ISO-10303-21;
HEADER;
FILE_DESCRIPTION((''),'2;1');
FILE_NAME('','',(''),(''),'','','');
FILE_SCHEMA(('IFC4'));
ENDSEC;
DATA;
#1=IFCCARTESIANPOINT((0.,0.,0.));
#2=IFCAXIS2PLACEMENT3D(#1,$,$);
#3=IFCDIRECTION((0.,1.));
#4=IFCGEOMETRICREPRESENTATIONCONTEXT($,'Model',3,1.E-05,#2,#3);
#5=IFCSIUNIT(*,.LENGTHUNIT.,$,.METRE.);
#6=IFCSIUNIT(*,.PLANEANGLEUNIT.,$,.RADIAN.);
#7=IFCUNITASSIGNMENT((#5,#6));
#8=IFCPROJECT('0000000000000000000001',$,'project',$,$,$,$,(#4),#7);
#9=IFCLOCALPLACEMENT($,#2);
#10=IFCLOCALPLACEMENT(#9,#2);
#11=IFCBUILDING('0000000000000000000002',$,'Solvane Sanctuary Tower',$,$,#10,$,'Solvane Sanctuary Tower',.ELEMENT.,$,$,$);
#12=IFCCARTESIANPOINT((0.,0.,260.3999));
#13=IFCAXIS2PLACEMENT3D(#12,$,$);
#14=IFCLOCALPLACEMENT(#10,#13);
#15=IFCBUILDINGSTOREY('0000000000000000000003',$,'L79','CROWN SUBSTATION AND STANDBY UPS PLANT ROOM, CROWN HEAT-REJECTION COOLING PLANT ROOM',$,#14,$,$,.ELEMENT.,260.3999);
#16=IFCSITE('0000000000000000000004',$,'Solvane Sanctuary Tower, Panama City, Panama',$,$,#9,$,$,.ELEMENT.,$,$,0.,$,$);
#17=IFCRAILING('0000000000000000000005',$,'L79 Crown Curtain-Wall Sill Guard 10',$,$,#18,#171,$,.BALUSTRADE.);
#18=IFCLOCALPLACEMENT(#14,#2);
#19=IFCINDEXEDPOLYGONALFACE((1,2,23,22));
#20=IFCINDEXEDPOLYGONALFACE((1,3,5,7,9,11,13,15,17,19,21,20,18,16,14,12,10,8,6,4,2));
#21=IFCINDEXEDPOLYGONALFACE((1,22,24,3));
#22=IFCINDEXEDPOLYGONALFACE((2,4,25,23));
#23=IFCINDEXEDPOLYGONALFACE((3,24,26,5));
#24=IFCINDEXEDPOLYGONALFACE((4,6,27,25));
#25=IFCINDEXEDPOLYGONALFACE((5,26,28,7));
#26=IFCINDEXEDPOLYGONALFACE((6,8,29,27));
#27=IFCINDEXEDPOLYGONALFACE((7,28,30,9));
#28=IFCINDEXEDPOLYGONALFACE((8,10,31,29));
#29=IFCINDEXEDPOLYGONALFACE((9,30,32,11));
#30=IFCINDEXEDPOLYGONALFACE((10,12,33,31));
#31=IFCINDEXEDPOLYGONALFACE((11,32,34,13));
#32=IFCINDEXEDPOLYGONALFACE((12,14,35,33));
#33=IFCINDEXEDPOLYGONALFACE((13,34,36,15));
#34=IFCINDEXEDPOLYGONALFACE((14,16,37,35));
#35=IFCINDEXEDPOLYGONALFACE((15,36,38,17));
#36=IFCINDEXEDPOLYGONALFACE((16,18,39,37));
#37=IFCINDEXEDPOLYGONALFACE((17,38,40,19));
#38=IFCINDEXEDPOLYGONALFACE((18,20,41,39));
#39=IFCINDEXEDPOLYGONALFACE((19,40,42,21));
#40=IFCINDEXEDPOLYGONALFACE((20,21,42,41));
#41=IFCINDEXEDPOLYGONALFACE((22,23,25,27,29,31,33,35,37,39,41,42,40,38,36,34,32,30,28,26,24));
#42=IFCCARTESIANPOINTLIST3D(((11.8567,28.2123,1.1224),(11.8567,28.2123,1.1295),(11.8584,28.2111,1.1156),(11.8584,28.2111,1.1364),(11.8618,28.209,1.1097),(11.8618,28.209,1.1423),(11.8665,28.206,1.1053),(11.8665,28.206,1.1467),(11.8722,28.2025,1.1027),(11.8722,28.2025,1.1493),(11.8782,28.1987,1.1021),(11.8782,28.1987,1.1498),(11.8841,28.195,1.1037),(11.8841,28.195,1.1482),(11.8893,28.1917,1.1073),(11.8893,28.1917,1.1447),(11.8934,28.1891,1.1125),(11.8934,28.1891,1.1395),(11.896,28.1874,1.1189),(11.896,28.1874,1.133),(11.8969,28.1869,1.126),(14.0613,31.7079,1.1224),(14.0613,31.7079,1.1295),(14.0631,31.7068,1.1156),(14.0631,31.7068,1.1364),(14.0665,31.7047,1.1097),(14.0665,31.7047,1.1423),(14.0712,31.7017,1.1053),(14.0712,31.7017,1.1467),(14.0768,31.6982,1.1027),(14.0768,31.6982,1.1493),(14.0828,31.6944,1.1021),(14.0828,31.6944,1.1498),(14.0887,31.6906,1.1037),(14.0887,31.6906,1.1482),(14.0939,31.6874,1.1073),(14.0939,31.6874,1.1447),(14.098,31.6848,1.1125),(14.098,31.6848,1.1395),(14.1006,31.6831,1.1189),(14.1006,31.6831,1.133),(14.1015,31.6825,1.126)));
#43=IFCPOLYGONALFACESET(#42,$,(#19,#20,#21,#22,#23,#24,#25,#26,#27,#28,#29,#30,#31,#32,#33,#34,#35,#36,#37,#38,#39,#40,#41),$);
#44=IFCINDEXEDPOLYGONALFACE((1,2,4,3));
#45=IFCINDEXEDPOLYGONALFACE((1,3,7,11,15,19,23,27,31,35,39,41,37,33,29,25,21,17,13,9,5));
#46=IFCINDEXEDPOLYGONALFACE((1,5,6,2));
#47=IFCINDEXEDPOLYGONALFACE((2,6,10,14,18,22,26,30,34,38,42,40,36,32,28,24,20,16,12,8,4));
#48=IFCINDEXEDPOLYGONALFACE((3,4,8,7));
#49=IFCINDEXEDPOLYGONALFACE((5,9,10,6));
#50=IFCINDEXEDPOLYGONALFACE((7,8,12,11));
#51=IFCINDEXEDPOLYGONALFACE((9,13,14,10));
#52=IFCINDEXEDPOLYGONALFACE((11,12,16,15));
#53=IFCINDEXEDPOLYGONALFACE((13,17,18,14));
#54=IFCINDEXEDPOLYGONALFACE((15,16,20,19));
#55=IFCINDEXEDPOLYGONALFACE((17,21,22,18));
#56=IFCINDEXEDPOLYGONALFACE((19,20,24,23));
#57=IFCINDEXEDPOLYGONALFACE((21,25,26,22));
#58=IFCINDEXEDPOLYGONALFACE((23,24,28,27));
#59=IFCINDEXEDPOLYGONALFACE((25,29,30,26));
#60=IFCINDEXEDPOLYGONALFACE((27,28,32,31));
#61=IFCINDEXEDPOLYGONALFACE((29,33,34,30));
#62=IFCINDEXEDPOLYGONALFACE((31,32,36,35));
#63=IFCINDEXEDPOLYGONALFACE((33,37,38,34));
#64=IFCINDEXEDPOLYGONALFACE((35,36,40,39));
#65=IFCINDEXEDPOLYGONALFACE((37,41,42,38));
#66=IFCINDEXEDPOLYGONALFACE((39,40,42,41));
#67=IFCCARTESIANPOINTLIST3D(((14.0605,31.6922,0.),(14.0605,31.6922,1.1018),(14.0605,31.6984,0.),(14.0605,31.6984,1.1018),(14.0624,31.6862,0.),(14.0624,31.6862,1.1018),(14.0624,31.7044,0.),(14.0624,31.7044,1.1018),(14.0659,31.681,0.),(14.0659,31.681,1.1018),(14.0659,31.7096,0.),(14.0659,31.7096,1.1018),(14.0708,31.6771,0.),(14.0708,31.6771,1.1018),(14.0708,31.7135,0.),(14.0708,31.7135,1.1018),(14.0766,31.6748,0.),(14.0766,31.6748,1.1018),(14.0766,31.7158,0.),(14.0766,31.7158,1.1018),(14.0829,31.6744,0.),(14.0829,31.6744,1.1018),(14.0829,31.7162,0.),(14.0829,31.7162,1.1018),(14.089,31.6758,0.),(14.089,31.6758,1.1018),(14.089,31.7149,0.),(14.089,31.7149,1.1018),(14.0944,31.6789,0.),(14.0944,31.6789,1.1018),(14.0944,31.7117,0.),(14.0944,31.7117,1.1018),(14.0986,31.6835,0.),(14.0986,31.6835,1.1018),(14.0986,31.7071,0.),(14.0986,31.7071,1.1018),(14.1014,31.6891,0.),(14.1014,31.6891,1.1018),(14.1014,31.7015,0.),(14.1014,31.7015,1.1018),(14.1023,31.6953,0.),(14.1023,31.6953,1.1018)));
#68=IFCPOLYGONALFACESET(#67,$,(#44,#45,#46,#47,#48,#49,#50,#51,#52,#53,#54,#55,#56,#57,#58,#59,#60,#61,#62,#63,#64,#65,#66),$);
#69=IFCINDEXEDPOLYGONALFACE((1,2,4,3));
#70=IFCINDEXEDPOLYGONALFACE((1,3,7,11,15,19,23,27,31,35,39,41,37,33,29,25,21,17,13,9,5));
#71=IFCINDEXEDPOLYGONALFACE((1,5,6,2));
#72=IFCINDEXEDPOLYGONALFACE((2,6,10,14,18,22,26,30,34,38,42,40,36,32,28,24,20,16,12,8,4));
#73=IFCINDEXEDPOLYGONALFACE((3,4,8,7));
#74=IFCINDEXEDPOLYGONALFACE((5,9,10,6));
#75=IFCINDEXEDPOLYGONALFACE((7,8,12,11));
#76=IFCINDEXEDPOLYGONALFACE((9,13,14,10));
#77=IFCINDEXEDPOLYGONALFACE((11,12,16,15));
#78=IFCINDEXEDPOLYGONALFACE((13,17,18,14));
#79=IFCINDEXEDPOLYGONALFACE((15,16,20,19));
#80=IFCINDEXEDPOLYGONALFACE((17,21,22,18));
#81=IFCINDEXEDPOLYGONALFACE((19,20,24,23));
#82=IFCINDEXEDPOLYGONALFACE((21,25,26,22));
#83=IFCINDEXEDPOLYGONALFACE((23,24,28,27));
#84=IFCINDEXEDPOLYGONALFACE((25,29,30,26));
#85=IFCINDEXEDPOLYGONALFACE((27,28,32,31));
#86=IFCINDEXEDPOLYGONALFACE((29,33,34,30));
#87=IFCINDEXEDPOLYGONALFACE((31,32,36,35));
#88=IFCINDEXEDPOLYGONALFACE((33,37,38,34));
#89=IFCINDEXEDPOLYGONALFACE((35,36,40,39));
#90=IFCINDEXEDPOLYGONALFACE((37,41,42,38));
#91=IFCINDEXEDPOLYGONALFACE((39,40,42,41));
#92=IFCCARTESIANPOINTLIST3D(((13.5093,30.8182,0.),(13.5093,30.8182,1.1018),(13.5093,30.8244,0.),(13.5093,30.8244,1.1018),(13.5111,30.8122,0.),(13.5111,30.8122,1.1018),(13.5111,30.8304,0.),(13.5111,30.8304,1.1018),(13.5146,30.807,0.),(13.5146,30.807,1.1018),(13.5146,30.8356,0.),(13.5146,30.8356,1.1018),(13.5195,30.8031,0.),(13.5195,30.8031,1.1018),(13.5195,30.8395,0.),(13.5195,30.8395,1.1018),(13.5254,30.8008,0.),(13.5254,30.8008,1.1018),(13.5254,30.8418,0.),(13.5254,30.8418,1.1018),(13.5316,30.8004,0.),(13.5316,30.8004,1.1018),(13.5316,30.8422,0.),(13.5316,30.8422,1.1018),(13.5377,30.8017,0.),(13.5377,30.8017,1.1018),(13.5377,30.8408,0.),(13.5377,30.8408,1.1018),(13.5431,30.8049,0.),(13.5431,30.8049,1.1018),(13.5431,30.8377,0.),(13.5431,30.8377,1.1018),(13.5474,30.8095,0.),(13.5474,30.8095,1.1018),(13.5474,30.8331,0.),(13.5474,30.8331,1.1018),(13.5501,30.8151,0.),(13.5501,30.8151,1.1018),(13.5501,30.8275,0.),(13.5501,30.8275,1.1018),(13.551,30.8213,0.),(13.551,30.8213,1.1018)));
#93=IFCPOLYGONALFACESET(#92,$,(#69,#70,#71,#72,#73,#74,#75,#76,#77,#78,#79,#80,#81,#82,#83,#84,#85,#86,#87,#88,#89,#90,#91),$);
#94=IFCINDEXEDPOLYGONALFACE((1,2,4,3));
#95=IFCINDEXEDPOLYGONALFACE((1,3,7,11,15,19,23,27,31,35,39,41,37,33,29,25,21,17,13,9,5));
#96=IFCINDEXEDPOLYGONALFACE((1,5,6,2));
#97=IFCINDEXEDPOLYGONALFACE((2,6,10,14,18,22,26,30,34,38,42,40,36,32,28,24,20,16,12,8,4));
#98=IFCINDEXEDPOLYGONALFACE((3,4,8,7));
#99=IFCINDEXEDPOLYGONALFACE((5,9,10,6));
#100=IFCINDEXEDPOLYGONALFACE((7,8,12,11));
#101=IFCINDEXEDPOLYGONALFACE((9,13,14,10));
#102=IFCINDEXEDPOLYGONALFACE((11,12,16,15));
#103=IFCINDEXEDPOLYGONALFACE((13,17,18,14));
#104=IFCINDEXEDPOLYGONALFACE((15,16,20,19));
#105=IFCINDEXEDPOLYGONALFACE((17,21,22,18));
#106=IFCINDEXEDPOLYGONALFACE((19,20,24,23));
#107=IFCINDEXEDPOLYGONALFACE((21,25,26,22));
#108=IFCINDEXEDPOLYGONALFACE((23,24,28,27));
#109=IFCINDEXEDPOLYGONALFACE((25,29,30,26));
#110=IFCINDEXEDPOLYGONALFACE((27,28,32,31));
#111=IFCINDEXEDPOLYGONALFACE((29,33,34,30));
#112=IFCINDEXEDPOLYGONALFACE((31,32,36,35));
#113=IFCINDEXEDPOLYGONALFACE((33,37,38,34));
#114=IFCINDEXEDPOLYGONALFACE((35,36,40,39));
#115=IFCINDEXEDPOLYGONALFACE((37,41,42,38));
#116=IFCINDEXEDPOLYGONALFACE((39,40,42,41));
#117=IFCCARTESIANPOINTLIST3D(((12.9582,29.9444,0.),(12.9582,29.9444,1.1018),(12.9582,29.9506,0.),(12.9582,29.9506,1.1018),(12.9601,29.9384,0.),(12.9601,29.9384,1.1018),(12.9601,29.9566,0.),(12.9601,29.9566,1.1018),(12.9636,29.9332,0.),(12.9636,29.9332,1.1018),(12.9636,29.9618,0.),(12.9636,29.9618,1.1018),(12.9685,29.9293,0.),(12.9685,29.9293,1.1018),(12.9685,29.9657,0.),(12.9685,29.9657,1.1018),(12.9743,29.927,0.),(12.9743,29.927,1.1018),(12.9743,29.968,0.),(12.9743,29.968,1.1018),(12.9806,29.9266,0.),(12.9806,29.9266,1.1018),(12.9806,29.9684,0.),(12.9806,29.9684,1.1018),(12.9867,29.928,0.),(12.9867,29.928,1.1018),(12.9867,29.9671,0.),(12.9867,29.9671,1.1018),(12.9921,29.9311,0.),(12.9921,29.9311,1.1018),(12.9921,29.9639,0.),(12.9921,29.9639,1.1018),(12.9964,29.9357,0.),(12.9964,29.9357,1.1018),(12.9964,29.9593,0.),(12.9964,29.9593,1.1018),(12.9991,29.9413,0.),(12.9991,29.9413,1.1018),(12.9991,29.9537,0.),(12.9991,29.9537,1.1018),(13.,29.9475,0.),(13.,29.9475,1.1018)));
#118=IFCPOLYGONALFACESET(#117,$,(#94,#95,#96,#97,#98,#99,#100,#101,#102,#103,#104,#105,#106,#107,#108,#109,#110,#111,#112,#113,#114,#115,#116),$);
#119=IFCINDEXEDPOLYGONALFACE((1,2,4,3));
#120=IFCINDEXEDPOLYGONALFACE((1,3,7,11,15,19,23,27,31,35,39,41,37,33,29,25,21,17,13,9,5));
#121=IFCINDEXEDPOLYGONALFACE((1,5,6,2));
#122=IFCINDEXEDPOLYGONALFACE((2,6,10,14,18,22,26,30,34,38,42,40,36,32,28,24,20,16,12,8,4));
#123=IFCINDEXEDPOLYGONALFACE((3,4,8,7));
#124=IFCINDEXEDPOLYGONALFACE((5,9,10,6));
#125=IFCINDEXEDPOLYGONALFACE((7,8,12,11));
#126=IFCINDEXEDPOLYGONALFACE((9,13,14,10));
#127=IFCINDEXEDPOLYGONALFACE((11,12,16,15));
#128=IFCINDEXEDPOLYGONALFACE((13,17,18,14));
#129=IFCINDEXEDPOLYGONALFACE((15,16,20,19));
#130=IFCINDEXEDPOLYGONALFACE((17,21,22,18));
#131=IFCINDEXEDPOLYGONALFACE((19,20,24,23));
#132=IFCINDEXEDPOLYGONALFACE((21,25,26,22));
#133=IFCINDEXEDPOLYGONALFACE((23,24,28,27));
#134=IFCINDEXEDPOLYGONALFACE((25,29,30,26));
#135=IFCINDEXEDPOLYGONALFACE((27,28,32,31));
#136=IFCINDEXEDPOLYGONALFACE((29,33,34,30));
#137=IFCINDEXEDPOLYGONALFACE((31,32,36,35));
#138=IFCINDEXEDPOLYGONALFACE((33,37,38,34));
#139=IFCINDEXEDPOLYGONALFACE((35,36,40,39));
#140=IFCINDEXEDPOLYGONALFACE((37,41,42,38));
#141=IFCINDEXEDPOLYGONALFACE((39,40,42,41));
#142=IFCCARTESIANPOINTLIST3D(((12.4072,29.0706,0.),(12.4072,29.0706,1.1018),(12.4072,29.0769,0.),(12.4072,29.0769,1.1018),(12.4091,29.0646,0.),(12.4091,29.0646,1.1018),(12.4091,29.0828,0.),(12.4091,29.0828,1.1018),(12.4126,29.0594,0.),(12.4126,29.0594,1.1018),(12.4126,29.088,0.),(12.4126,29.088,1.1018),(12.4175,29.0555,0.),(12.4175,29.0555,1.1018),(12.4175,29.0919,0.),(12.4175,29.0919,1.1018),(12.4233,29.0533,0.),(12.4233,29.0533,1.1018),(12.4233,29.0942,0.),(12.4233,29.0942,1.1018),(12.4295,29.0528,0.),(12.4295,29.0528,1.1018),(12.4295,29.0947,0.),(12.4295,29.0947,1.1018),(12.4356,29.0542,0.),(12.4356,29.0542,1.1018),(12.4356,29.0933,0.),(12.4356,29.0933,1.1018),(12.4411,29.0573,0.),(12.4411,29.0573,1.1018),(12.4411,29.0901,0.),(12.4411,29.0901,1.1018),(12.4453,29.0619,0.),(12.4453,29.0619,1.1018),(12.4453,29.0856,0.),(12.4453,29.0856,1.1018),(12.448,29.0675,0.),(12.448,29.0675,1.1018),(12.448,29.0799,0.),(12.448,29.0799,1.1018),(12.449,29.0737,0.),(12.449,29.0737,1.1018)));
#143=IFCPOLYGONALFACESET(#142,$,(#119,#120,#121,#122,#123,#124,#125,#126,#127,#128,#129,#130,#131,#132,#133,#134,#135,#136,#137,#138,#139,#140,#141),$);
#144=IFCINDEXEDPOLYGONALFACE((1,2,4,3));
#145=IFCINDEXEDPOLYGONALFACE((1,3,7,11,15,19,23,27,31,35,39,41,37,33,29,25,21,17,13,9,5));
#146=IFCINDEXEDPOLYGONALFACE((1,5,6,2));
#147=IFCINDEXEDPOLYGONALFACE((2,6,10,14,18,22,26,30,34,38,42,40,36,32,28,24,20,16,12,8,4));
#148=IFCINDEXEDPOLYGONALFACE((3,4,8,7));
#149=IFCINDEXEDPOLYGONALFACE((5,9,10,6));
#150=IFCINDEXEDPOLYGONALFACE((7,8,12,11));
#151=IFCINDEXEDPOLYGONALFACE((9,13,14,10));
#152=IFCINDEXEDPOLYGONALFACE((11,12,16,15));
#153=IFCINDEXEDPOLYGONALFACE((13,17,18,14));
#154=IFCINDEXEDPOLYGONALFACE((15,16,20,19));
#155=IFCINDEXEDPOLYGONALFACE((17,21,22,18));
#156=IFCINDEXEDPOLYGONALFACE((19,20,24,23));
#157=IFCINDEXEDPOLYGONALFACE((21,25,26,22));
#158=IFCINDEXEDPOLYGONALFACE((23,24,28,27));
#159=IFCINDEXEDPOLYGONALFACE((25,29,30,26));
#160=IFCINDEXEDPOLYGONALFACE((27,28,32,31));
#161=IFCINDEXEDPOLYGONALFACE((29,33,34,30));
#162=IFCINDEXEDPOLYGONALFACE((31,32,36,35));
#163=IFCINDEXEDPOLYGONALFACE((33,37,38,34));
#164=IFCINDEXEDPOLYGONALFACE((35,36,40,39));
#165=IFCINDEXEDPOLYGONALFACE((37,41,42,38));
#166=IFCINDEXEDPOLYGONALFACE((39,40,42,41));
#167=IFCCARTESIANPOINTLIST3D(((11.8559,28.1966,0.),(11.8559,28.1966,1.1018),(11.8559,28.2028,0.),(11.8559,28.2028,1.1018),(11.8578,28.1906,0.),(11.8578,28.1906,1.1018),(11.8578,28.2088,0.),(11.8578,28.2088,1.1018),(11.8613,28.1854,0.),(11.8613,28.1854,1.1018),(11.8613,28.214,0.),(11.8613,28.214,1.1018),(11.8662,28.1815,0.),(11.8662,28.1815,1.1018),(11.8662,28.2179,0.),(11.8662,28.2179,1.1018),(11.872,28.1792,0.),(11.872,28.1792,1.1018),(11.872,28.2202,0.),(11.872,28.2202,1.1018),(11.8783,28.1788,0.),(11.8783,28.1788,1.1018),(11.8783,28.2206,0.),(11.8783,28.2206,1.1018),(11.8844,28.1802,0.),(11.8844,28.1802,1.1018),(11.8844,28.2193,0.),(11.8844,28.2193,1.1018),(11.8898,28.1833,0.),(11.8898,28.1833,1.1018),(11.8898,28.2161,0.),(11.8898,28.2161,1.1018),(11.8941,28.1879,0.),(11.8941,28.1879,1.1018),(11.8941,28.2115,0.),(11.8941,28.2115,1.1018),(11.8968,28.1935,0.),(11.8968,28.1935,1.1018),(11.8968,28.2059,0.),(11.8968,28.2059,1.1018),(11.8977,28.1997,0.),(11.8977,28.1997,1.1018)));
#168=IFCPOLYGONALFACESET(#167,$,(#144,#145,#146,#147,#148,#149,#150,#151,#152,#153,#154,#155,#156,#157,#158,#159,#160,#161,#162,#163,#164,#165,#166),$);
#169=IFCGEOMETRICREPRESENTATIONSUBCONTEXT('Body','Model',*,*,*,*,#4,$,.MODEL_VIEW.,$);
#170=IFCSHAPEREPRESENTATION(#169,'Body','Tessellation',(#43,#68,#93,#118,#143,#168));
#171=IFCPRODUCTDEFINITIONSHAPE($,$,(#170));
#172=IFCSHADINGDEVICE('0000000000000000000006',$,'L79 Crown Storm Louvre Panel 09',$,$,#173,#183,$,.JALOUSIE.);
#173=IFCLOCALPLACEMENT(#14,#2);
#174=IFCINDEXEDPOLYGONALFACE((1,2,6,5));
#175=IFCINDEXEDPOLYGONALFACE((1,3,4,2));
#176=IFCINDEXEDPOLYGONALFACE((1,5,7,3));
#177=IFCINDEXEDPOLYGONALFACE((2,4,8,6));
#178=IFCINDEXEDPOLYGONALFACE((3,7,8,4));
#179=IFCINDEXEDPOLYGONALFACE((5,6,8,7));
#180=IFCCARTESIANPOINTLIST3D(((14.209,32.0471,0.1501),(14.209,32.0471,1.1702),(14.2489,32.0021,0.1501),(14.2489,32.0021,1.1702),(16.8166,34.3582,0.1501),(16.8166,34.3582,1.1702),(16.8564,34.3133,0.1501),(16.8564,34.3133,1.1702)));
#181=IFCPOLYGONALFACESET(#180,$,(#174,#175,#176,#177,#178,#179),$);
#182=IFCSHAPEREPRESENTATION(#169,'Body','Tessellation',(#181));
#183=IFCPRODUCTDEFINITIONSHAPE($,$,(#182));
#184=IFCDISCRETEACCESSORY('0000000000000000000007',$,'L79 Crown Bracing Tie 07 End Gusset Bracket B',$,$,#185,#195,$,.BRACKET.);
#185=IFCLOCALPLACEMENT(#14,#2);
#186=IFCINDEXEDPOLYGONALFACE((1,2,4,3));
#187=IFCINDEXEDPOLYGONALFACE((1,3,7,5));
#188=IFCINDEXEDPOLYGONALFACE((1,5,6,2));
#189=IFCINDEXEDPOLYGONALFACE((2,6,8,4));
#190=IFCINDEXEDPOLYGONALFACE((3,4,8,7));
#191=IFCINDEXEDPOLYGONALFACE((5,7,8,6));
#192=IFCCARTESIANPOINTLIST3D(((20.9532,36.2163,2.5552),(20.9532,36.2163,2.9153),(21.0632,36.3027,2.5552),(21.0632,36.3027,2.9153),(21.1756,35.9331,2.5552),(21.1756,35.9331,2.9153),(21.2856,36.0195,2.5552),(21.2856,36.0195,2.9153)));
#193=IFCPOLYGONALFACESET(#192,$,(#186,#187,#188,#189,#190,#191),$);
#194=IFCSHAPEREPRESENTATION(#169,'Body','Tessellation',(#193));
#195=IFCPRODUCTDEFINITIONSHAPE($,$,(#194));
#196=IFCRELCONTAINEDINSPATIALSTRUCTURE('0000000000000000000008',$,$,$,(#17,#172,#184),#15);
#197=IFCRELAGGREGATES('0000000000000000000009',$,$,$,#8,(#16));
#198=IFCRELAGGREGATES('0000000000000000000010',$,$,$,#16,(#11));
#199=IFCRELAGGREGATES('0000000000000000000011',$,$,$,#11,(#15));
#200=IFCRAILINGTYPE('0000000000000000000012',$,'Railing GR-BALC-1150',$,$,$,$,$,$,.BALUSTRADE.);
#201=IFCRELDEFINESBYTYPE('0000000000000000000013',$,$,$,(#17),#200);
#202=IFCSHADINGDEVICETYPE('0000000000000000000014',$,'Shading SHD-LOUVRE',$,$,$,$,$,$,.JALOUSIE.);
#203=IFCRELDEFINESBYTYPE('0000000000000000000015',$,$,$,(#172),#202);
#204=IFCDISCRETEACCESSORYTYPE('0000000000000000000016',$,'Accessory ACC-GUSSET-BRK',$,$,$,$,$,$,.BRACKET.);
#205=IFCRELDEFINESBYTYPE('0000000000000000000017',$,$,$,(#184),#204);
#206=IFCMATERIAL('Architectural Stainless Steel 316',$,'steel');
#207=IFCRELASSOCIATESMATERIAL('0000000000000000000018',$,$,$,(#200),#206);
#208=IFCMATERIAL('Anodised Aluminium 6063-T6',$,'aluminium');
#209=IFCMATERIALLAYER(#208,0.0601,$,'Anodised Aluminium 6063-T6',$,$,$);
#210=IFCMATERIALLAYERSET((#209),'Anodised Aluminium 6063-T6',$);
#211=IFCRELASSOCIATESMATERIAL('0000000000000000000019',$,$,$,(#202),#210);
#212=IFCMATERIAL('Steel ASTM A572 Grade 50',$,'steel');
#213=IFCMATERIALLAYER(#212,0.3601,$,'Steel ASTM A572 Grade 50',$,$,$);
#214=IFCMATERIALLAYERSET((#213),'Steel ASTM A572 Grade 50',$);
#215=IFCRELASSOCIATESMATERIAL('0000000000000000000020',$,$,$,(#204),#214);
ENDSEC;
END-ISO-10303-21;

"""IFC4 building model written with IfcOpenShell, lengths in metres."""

from ifc_helpers import new_model, si_unit, direction, frame, origin, origin_2d, place, context, subcontext, project, spatial, rectangle, circle, extrude, material, layer, layer_set, type_object, element, save


model = new_model("IFC4")

# Units and contexts
model_context = context("Model", 3, precision=1e-05, world=origin(), true_north=direction((0.0, 1.0)))
body_context = subcontext(model_context, "Body", "Model", "MODEL_VIEW")
ifc_project = project(units=[si_unit("LENGTHUNIT", "METRE"), si_unit("PLANEANGLEUNIT", "RADIAN")], contexts=[model_context])

# Site, building, storey
site_placement = place(None, origin())
site = spatial("IfcSite", under=ifc_project, at=site_placement, Name="Solvane Sanctuary Tower, Panama City, Panama", CompositionType="ELEMENT", RefElevation=0.0)
building_placement = place(site_placement, origin())
building = spatial("IfcBuilding", under=site, at=building_placement, Name="Solvane Sanctuary Tower", LongName="Solvane Sanctuary Tower", CompositionType="ELEMENT")
storey_placement = place(building_placement, frame((0.0, 0.0, 260.3999)))
storey = spatial("IfcBuildingStorey", under=building, at=storey_placement, Name="L79", Description="CROWN SUBSTATION AND STANDBY UPS PLANT ROOM, CROWN HEAT-REJECTION COOLING PLANT ROOM", CompositionType="ELEMENT", Elevation=260.3999)

# Shared definitions
ifc_material_1 = material(Name="Anodised Aluminium 6063-T6", Category="aluminium")

# Shared definitions
ifc_material_2 = material(Name="Steel ASTM A572 Grade 50", Category="steel")

# Railing
ifc_material_3 = material(Name="Architectural Stainless Steel 316", Category="steel")
railing_type = type_object("IfcRailingType", Name="Railing GR-BALC-1150", PredefinedType="BALUSTRADE", material=ifc_material_3)
railing_1_placement = place(storey_placement, frame((14.0813, 31.6953, 0.0)))
element("IfcRailing", 1, at=railing_1_placement, inside=storey, type_object=railing_type, Name="L79 Crown Curtain-Wall Sill Guard 10", PredefinedType="BALUSTRADE", context=body_context, shape_type="SweptSolid", body=[
    extrude(circle(Radius=0.0239, at=origin_2d()), frame((0.0, 0.0, 1.126), z_axis=(-0.533446, -0.845834, 0.0), x_axis=(0.845834, -0.533446, 0.0)), (0.0, 0.0, 1.0), 4.1328),
    extrude(circle(Radius=0.021, at=origin_2d()), origin(), (0.0, 0.0, 1.0), 1.1018),
    extrude(circle(Radius=0.021, at=origin_2d()), frame((-0.5513, -0.874, 0.0)), (0.0, 0.0, 1.0), 1.1018),
    extrude(circle(Radius=0.021, at=origin_2d()), frame((-1.1023, -1.7478, 0.0)), (0.0, 0.0, 1.0), 1.1018),
    extrude(circle(Radius=0.021, at=origin_2d()), frame((-1.6533, -2.6216, 0.0)), (0.0, 0.0, 1.0), 1.1018),
    extrude(circle(Radius=0.021, at=origin_2d()), frame((-2.2046, -3.4956, 0.0)), (0.0, 0.0, 1.0), 1.1018),
])

# Shading device
ifc_layer_1 = layer(ifc_material_1, 0.0601, Name="Anodised Aluminium 6063-T6")
ifc_layer_set_1 = layer_set([ifc_layer_1], Name="Anodised Aluminium 6063-T6")
shading_device_type = type_object("IfcShadingDeviceType", Name="Shading SHD-LOUVRE", PredefinedType="JALOUSIE", material=ifc_layer_set_1)
shading_device_placement = place(storey_placement, frame((15.5327, 33.1802, 0.1501), z_axis=(0.0, 0.0, 1.0), x_axis=(-0.748354, -0.6633, 0.0)))
element("IfcShadingDevice", 2, at=shading_device_placement, inside=storey, type_object=shading_device_type, Name="L79 Crown Storm Louvre Panel 09", PredefinedType="JALOUSIE", context=body_context, shape_type="SweptSolid", body=[
    extrude(rectangle(XDim=3.4844, YDim=0.0601, at=origin_2d()), origin(), (0.0, 0.0, 1.0), 1.02),
])

# Discrete accessory
ifc_layer_2 = layer(ifc_material_2, 0.3601, Name="Steel ASTM A572 Grade 50")
ifc_layer_set_2 = layer_set([ifc_layer_2], Name="Steel ASTM A572 Grade 50")
discrete_accessory_type = type_object("IfcDiscreteAccessoryType", Name="Accessory ACC-GUSSET-BRK", PredefinedType="BRACKET", material=ifc_layer_set_2)
discrete_accessory_placement = place(storey_placement, frame((21.1194, 36.1179, 2.5552), z_axis=(0.0, 0.0, 1.0), x_axis=(-0.617722, 0.786396, 0.0)))
element("IfcDiscreteAccessory", 3, at=discrete_accessory_placement, inside=storey, type_object=discrete_accessory_type, Name="L79 Crown Bracing Tie 07 End Gusset Bracket B", PredefinedType="BRACKET", context=body_context, shape_type="SweptSolid", body=[
    extrude(rectangle(XDim=0.3601, YDim=0.1399, at=origin_2d()), origin(), (0.0, 0.0, 1.0), 0.3601),
])

save(model, "model.ifc")
